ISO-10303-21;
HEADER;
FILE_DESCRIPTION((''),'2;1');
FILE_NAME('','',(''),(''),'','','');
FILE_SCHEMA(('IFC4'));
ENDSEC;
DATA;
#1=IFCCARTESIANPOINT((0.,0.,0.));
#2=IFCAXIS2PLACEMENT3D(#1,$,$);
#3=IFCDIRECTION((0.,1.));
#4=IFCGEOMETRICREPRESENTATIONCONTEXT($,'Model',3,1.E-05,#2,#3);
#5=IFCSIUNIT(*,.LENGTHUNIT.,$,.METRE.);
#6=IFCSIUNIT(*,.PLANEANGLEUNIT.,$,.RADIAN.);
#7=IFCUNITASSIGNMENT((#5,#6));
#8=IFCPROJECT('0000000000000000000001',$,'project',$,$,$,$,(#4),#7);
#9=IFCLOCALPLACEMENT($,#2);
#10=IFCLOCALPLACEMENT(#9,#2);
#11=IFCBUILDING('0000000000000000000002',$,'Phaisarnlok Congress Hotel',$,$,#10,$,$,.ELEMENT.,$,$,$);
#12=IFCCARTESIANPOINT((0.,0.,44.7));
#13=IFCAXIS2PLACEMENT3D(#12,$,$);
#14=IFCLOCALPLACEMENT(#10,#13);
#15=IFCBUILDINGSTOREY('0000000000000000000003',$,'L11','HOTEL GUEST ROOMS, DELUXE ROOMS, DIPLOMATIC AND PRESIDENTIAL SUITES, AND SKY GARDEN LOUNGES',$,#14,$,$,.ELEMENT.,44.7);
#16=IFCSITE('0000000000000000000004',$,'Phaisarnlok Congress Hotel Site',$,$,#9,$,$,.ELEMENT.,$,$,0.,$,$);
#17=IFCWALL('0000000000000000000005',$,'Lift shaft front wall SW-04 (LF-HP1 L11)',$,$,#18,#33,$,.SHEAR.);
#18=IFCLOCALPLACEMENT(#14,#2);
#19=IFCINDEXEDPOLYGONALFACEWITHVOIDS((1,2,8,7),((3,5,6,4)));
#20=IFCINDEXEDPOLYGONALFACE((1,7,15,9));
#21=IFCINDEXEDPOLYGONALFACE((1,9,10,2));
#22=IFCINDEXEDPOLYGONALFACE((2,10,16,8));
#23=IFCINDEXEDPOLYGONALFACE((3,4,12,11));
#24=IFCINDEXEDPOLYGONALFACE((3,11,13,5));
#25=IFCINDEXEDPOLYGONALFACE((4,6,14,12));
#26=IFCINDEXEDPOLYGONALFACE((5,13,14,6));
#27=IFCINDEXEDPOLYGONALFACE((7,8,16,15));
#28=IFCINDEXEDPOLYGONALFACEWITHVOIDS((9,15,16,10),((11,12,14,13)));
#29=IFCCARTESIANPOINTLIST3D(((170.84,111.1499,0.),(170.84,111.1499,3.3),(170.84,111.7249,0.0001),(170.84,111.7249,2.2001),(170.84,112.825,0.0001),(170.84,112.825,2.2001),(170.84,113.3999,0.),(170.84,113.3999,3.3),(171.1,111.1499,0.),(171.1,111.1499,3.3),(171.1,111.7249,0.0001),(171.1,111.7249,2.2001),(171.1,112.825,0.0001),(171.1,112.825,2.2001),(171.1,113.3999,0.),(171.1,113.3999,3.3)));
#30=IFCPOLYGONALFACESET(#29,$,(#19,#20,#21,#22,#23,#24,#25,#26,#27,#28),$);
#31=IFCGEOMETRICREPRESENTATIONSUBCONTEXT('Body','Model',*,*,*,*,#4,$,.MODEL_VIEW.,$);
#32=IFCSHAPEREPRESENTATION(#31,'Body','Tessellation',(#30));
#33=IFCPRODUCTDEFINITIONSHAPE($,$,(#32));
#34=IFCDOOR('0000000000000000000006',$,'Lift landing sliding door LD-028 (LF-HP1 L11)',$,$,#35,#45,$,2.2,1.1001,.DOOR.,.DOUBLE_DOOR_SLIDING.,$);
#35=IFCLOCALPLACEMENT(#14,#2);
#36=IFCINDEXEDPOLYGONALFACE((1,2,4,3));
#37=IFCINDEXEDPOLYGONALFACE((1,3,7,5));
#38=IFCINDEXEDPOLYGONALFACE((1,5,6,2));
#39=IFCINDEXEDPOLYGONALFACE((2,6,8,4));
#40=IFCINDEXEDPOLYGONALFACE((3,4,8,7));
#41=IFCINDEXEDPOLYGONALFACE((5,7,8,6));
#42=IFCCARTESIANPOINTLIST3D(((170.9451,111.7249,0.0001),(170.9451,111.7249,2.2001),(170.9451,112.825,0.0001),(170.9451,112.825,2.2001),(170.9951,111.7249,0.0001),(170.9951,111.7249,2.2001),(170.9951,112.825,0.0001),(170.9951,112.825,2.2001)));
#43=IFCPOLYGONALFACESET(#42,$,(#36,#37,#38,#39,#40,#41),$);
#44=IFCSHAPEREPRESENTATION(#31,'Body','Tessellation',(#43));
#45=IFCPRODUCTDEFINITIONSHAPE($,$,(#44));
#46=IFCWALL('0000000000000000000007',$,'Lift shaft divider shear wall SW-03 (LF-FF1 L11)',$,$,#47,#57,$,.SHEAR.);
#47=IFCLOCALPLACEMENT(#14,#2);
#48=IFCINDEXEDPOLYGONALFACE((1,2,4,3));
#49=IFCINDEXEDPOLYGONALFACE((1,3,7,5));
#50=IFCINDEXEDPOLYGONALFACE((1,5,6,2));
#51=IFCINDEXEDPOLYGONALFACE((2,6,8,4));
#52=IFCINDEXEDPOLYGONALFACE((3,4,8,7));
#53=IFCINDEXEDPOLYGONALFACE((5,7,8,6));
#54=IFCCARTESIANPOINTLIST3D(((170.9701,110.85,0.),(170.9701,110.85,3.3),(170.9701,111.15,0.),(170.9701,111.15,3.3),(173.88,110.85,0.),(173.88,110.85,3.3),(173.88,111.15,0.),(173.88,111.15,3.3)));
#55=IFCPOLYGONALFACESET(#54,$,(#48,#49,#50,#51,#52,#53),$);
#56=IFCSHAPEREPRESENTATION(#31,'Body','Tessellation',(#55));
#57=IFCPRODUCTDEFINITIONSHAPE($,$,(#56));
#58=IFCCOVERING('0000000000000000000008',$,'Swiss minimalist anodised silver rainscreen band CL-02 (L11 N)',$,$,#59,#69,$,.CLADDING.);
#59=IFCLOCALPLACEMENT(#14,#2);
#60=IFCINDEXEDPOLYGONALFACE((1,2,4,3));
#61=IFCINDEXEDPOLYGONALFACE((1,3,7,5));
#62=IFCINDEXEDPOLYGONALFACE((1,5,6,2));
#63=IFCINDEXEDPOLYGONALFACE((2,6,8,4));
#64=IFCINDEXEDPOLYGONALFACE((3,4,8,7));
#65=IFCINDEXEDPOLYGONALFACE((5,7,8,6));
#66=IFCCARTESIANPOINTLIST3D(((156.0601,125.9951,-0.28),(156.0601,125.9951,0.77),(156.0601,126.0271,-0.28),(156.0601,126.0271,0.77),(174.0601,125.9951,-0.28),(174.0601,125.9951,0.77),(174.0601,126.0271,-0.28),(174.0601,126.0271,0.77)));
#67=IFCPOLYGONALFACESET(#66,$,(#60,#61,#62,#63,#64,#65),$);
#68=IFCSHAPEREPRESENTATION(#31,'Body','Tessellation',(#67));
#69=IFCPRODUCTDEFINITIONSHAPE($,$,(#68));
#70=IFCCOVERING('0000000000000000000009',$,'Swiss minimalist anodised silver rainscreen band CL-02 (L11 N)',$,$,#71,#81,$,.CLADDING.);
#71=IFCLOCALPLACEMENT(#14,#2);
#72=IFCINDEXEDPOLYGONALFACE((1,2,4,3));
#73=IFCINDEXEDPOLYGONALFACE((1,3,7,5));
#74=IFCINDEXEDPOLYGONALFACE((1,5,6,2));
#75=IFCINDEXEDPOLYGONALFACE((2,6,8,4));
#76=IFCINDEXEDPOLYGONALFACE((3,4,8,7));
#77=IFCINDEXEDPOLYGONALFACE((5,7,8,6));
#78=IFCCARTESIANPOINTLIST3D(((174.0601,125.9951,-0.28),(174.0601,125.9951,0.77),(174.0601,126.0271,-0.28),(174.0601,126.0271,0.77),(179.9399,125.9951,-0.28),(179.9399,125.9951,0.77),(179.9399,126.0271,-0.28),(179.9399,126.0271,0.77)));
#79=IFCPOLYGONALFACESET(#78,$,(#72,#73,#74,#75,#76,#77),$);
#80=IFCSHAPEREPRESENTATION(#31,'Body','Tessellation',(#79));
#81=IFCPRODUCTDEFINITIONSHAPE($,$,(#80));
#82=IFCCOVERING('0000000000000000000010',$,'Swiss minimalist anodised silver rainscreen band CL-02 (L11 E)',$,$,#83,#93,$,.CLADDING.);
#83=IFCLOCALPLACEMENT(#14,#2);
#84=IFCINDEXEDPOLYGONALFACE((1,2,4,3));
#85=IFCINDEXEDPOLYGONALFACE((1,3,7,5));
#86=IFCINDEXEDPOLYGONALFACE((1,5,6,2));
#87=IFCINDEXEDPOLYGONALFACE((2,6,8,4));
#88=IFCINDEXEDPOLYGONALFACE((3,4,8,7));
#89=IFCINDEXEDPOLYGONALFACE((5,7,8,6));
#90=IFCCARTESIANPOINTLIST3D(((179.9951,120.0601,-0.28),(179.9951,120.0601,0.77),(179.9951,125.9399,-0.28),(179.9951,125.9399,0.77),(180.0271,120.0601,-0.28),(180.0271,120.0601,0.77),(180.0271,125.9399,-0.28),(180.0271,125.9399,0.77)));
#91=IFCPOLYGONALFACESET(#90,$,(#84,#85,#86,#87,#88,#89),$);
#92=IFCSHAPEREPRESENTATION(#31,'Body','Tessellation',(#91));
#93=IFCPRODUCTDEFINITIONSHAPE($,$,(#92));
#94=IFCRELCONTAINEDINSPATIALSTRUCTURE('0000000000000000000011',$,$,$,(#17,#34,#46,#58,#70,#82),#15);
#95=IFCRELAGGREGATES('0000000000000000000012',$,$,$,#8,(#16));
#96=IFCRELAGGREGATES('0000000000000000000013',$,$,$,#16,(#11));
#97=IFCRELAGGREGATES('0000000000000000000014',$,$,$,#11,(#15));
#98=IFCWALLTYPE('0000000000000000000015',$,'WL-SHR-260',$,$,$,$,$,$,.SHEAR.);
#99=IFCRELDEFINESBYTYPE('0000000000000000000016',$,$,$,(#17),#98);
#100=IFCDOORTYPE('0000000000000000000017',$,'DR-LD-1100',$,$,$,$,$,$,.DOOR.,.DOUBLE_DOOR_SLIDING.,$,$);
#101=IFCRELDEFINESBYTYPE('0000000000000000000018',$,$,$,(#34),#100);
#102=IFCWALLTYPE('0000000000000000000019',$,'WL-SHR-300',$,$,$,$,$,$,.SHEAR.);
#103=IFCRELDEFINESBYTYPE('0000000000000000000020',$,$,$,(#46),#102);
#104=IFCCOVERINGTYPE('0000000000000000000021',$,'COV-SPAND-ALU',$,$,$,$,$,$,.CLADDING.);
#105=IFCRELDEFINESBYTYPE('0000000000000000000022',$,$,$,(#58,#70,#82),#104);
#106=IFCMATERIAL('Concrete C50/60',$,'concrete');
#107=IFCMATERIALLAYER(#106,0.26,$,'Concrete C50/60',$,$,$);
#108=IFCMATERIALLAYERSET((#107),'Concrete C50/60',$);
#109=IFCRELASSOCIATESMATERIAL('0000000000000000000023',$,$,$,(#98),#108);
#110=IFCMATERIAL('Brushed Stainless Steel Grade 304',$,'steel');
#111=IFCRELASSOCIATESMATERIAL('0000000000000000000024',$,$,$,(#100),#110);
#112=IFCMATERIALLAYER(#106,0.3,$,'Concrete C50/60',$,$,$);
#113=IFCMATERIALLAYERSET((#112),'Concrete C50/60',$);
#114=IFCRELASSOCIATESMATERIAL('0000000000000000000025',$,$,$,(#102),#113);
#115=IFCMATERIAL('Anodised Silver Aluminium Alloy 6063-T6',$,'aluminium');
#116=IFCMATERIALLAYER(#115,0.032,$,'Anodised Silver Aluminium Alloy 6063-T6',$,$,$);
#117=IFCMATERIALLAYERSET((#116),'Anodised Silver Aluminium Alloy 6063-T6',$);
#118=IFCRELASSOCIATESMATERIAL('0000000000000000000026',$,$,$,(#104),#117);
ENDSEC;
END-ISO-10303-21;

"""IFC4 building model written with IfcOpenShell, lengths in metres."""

from ifc_helpers import new_model, si_unit, direction, frame, frame_2d, origin, place, context, subcontext, project, spatial, polyline, rectangle, outline, extrude, material, layer, layer_set, type_object, element, fill, save


model = new_model("IFC4")

# Units and contexts
model_context = context("Model", 3, precision=1e-05, world=origin(), true_north=direction((0.0, 1.0)))
body_context = subcontext(model_context, "Body", "Model", "MODEL_VIEW")
ifc_project = project(units=[si_unit("LENGTHUNIT", "METRE"), si_unit("PLANEANGLEUNIT", "RADIAN")], contexts=[model_context])

# Site, building, storey
site_placement = place(None, origin())
site = spatial("IfcSite", under=ifc_project, at=site_placement, Name="Phaisarnlok Congress Hotel Site", CompositionType="ELEMENT", RefElevation=0.0)
building_placement = place(site_placement, origin())
building = spatial("IfcBuilding", under=site, at=building_placement, Name="Phaisarnlok Congress Hotel", CompositionType="ELEMENT")
storey_placement = place(building_placement, frame((0.0, 0.0, 44.7)))
storey = spatial("IfcBuildingStorey", under=building, at=storey_placement, Name="L11", Description="HOTEL GUEST ROOMS, DELUXE ROOMS, DIPLOMATIC AND PRESIDENTIAL SUITES, AND SKY GARDEN LOUNGES", CompositionType="ELEMENT", Elevation=44.7)

# Shared definitions
ifc_material_1 = material(Name="Concrete C50/60", Category="concrete")

# Shared definitions
ifc_layer_1 = layer(ifc_material_1, 0.26, Name="Concrete C50/60")
ifc_layer_set_1 = layer_set([ifc_layer_1], Name="Concrete C50/60")
wall_type_1 = type_object("IfcWallType", Name="WL-SHR-260", PredefinedType="SHEAR", material=ifc_layer_set_1)

# Wall, opening, door
wall_1_placement = place(storey_placement, frame((170.97, 111.1499, 0.0), z_axis=(0.0, 0.0, 1.0), x_axis=(0.0, 1.0, 0.0)))
wall_1 = element("IfcWall", 1, at=wall_1_placement, inside=storey, type_object=wall_type_1, Name="Lift shaft front wall SW-04 (LF-HP1 L11)", PredefinedType="SHEAR", context=body_context, shape_type="SweptSolid", body=[
    extrude(rectangle(XDim=2.25, YDim=0.26, at=frame_2d((1.125, 0.0))), origin(), (0.0, 0.0, 1.0), 3.3),
])
opening_1_placement = place(wall_1_placement, frame((0.575, 0.0, 0.0)))
opening_1 = element("IfcOpeningElement", 2, at=opening_1_placement, cuts=wall_1, PredefinedType="OPENING", context=body_context, shape_type="SweptSolid", body=[
    extrude(rectangle(XDim=1.1001, YDim=2.2, at=frame_2d((0.55, 1.1001))), frame((0.0, 0.1401, 0.0), z_axis=(0.0, -1.0, 0.0), x_axis=(1.0, 0.0, 0.0)), (0.0, 0.0, 1.0), 0.28),
])
ifc_material_2 = material(Name="Brushed Stainless Steel Grade 304", Category="steel")
door_type_1 = type_object("IfcDoorType", Name="DR-LD-1100", OperationType="DOUBLE_DOOR_SLIDING", PredefinedType="DOOR", material=ifc_material_2)
door_1_placement = place(opening_1_placement, origin())
door_1 = element("IfcDoor", 3, at=door_1_placement, inside=storey, type_object=door_type_1, Name="Lift landing sliding door LD-028 (LF-HP1 L11)", OperationType="DOUBLE_DOOR_SLIDING", OverallHeight=2.2, OverallWidth=1.1001, PredefinedType="DOOR", context=body_context, shape_type="SweptSolid", body=[
    extrude(rectangle(XDim=1.1001, YDim=2.2, at=frame_2d((0.55, 1.1001))), frame((0.0, 0.0249, 0.0), z_axis=(0.0, -1.0, 0.0), x_axis=(1.0, 0.0, 0.0)), (0.0, 0.0, 1.0), 0.05),
])
fill(opening_1, door_1)

# Wall
ifc_layer_2 = layer(ifc_material_1, 0.3, Name="Concrete C50/60")
ifc_layer_set_2 = layer_set([ifc_layer_2], Name="Concrete C50/60")
wall_type_2 = type_object("IfcWallType", Name="WL-SHR-300", PredefinedType="SHEAR", material=ifc_layer_set_2)
wall_2_placement = place(storey_placement, frame((170.97, 111.0, 0.0), z_axis=(0.0, 0.0, 1.0), x_axis=(1.0, 0.0, 0.0)))
element("IfcWall", 4, at=wall_2_placement, inside=storey, type_object=wall_type_2, Name="Lift shaft divider shear wall SW-03 (LF-FF1 L11)", PredefinedType="SHEAR", context=body_context, shape_type="SweptSolid", body=[
    extrude(rectangle(XDim=2.9099, YDim=0.3, at=frame_2d((1.4551, 0.0))), origin(), (0.0, 0.0, 1.0), 3.3),
])

# Coverings
ifc_material_3 = material(Name="Anodised Silver Aluminium Alloy 6063-T6", Category="aluminium")
ifc_layer_3 = layer(ifc_material_3, 0.032, Name="Anodised Silver Aluminium Alloy 6063-T6")
ifc_layer_set_3 = layer_set([ifc_layer_3], Name="Anodised Silver Aluminium Alloy 6063-T6")
covering_type = type_object("IfcCoveringType", Name="COV-SPAND-ALU", PredefinedType="CLADDING", material=ifc_layer_set_3)
covering_placement = place(storey_placement, frame((174.0601, 125.9951, -0.28), z_axis=(0.0, 1.0, 0.0), x_axis=(-1.0, 0.0, 0.0)))
element("IfcCovering", 5, at=covering_placement, inside=storey, type_object=covering_type, Name="Swiss minimalist anodised silver rainscreen band CL-02 (L11 N)", PredefinedType="CLADDING", context=body_context, shape_type="SweptSolid", body=[
    extrude(outline(polyline([(0.0, 0.0), (18.0, 0.0), (18.0, 1.05), (0.0, 1.05), (0.0, 0.0)])), origin(), (0.0, 0.0, 1.0), 0.032),
])
for number, where, z_axis, x_axis, name in (
    (6, (179.9399, 125.9951, -0.28), (0.0, 1.0, 0.0), (-1.0, 0.0, 0.0), "Swiss minimalist anodised silver rainscreen band CL-02 (L11 N)"),
    (7, (179.9951, 120.0601, -0.28), (1.0, 0.0, 0.0), (0.0, 1.0, 0.0), "Swiss minimalist anodised silver rainscreen band CL-02 (L11 E)"),
):
    element("IfcCovering", number, at=place(storey_placement, frame(where, z_axis=z_axis, x_axis=x_axis)), inside=storey, type_object=covering_type, Name=name, PredefinedType="CLADDING", context=body_context, shape_type="SweptSolid", body=[
        extrude(outline(polyline([(0.0, 0.0), (5.8799, 0.0), (5.8799, 1.05), (0.0, 1.05), (0.0, 0.0)])), origin(), (0.0, 0.0, 1.0), 0.032),
    ])

save(model, "model.ifc")
